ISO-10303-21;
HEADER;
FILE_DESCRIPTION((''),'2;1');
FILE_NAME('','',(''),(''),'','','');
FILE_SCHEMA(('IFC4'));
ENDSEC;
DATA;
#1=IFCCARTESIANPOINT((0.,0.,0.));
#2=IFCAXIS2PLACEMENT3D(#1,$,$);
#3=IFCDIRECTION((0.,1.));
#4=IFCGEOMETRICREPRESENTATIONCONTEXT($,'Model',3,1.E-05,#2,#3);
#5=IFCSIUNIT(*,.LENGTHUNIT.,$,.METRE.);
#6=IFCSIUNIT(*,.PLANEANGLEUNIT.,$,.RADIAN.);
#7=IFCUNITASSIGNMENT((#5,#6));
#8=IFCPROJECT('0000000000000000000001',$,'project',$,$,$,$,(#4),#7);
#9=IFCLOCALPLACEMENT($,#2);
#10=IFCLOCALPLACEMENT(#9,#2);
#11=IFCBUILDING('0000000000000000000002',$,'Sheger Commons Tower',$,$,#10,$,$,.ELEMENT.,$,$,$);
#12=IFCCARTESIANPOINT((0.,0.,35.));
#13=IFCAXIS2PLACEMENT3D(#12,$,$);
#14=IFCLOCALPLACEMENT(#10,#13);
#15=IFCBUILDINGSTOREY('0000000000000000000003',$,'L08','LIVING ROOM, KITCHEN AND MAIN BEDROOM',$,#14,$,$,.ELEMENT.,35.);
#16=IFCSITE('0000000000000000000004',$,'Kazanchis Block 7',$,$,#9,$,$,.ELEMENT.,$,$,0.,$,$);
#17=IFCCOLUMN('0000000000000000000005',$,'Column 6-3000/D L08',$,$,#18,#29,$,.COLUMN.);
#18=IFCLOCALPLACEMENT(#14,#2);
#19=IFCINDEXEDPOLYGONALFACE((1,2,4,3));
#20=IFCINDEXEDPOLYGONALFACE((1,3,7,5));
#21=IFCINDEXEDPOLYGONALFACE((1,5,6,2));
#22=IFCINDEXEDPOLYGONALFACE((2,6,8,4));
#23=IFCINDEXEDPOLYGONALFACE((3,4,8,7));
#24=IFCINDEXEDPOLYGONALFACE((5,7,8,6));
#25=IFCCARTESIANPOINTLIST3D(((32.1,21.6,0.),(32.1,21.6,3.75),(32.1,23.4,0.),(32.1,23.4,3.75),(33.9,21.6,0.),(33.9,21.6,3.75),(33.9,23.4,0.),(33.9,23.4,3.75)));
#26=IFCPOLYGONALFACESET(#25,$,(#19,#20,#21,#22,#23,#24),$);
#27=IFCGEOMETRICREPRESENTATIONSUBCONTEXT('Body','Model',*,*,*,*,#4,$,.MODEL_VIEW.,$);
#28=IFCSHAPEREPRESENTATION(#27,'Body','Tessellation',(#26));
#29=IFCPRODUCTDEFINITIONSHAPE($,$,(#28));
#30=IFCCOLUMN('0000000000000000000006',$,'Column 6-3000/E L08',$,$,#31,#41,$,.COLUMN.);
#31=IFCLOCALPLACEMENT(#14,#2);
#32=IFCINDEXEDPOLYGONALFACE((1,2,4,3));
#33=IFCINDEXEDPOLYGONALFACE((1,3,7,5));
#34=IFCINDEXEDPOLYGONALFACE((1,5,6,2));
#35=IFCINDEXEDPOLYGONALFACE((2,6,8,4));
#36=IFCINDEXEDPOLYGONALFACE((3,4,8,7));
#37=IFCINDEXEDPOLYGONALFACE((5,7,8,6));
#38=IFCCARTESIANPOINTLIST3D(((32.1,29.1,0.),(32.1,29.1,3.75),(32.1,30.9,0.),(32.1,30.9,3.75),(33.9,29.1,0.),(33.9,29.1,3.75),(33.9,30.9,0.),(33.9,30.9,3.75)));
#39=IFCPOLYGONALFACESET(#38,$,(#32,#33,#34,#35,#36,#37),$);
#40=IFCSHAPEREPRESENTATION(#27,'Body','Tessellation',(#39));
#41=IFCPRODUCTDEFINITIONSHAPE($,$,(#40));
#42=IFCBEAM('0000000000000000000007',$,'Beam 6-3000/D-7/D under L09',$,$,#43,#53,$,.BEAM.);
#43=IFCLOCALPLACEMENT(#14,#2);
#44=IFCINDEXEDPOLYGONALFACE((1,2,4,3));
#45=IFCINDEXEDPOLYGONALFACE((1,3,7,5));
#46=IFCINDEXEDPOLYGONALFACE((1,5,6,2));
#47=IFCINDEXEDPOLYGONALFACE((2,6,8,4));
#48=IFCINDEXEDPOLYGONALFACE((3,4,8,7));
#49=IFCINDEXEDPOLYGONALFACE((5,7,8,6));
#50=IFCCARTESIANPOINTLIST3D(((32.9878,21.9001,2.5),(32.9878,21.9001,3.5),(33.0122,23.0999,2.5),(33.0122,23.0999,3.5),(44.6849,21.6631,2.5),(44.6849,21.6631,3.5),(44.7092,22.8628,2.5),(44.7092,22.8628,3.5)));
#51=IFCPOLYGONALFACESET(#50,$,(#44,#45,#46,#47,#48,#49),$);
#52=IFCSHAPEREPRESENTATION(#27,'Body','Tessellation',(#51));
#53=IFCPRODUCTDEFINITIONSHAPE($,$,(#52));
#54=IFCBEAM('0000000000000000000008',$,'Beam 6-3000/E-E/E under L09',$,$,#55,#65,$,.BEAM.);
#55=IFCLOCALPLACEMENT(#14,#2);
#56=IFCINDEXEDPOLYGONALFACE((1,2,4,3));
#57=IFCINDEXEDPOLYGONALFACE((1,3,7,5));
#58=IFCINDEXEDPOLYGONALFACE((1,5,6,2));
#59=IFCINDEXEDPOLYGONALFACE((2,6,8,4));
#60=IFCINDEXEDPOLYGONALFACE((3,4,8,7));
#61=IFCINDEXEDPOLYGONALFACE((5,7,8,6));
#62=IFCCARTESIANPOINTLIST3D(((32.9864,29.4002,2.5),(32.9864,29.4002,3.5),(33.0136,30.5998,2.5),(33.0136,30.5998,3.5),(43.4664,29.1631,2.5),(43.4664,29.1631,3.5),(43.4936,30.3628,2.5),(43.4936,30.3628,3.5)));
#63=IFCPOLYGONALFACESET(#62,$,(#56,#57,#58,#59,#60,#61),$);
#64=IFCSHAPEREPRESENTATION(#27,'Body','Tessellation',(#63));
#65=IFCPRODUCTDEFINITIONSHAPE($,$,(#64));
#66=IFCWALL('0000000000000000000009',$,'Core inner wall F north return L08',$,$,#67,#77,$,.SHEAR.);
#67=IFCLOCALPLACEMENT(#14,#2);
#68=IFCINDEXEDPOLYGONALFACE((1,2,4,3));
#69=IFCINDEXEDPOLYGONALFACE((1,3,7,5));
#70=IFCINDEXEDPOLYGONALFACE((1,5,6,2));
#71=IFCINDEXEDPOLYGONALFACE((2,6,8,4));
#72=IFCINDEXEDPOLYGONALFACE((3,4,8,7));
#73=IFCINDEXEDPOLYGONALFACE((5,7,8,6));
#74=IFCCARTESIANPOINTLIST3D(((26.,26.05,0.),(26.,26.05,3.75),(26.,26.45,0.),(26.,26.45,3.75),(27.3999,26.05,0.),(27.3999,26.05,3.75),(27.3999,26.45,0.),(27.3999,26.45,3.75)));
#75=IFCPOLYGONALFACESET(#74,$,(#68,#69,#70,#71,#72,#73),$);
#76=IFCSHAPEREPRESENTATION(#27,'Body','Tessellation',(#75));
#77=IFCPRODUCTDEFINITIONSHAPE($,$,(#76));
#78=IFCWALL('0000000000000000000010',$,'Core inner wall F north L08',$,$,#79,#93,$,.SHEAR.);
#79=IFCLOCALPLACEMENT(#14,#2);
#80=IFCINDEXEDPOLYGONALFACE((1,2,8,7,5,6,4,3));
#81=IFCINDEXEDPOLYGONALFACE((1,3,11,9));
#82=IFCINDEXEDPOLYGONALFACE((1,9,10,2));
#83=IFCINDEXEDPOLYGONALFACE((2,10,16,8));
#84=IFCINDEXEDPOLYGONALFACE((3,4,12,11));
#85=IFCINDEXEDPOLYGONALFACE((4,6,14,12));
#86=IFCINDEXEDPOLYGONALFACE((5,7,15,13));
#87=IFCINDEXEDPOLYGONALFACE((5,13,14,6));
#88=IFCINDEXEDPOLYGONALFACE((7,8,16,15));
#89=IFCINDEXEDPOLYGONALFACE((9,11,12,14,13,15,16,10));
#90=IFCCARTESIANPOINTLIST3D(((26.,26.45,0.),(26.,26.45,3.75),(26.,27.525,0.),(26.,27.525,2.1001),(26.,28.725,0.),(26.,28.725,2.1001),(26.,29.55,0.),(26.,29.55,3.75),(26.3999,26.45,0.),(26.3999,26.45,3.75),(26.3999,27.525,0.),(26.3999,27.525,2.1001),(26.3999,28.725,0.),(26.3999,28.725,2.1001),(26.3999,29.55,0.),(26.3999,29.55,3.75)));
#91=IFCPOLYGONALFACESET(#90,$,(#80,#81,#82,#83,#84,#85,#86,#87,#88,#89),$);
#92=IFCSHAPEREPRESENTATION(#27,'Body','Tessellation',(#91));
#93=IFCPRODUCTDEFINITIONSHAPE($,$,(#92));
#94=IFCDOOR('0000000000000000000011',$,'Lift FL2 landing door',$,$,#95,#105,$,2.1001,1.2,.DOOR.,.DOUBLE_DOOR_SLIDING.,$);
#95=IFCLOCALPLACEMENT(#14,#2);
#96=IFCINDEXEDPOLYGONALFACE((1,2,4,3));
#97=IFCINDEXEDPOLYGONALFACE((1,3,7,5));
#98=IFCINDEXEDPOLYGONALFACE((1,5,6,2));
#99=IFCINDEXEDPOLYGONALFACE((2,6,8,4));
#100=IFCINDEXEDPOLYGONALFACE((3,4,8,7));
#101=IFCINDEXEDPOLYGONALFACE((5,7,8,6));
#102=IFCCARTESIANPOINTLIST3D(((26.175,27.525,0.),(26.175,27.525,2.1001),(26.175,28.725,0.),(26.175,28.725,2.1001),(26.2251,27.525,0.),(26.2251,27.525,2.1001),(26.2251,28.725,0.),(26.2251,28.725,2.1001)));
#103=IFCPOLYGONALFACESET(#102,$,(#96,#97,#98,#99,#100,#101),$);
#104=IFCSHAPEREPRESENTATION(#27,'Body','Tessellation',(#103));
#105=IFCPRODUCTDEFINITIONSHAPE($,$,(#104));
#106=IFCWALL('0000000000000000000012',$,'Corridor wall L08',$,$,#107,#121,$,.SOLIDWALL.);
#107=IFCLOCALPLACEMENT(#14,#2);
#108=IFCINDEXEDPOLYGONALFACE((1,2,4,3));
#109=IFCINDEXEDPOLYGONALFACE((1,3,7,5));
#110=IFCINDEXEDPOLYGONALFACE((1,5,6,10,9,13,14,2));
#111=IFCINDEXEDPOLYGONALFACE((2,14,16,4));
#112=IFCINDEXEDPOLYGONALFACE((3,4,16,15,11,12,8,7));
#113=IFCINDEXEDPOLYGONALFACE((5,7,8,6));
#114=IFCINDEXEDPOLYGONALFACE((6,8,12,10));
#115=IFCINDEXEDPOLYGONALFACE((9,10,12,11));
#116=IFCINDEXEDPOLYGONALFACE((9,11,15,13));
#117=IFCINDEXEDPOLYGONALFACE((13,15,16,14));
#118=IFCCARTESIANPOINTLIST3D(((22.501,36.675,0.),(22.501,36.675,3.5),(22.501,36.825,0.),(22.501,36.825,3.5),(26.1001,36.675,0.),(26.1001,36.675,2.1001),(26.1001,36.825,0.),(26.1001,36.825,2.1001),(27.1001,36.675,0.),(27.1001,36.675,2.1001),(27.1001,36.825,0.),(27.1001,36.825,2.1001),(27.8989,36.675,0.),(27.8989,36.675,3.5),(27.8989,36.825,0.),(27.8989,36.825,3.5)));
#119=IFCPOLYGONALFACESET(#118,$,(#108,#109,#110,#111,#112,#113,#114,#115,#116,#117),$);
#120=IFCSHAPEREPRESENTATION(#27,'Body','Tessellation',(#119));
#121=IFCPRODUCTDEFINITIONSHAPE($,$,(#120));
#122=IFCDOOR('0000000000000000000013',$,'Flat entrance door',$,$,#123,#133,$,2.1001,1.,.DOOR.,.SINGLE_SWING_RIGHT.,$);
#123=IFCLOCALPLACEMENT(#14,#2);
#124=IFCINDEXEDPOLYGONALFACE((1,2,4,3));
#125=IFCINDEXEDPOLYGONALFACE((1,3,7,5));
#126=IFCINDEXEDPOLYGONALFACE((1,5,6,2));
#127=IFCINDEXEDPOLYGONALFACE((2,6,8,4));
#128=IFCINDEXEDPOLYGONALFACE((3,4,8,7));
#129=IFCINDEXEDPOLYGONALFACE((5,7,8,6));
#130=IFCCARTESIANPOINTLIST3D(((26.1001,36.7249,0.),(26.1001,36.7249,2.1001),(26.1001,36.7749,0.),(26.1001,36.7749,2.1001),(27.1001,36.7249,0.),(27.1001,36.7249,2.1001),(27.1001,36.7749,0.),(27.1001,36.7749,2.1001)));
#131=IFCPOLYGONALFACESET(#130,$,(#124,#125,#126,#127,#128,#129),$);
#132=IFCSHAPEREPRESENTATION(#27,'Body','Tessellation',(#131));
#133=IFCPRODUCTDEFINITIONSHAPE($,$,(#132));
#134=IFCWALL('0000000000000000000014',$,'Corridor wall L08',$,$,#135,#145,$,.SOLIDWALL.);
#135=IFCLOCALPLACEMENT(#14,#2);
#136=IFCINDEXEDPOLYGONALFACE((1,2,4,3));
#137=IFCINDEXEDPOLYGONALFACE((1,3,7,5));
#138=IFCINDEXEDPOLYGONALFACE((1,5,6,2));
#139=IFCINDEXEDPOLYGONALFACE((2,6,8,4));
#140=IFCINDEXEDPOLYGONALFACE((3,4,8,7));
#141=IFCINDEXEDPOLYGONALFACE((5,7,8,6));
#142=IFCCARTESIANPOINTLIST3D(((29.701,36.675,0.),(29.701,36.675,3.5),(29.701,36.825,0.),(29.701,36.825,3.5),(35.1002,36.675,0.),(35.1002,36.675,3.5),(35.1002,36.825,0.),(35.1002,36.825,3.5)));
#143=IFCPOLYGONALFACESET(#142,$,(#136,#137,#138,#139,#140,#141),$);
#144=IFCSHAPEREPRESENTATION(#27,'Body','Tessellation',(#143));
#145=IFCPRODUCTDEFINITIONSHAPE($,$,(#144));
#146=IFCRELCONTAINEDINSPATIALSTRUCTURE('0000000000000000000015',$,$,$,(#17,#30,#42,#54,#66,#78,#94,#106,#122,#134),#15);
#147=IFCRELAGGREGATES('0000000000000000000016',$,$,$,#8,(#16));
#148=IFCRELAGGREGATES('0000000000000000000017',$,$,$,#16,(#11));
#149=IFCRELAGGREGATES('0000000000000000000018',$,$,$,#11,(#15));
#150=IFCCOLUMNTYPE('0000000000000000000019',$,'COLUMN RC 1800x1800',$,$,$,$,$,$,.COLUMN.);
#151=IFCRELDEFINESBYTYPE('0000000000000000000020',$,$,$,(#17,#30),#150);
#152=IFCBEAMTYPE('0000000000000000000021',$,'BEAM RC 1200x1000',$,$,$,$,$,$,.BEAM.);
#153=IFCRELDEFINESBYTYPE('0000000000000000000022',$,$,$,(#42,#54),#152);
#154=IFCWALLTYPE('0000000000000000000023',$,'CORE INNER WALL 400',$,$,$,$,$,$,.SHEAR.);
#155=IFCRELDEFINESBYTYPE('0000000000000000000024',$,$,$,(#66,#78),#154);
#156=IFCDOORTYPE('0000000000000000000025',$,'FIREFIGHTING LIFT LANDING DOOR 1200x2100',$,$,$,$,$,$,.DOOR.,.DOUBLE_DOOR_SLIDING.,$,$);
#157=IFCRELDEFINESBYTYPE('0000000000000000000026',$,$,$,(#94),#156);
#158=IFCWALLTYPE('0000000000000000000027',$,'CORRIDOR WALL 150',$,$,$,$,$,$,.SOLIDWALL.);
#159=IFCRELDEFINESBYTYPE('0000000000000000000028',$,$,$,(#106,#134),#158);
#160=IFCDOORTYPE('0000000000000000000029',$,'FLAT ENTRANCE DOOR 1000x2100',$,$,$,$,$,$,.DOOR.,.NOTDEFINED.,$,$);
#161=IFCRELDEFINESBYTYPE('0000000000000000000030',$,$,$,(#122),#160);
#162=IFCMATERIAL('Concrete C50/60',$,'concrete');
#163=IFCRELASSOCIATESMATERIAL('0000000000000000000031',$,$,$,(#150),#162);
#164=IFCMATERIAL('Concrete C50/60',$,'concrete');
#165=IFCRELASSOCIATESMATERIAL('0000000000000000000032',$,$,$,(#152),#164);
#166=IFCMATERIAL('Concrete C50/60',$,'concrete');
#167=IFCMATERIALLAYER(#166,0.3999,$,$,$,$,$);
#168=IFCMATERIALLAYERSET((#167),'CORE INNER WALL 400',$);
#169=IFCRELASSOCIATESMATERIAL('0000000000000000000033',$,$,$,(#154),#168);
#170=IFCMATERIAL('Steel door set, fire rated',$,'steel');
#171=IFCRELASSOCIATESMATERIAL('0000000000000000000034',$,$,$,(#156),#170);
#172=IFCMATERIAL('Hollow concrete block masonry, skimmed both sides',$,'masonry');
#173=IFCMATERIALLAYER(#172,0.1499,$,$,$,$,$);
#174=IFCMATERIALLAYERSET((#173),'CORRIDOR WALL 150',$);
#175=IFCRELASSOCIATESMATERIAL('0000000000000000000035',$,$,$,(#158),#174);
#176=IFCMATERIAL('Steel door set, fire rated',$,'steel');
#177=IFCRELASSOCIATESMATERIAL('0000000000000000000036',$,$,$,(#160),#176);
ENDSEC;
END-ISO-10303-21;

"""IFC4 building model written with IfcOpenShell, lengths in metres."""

from ifc_helpers import new_model, si_unit, direction, frame, frame_2d, origin, origin_2d, place, context, subcontext, project, spatial, rectangle, extrude, material, layer, layer_set, material_profile, profile_set, type_object, element, fill, save


model = new_model("IFC4")

# Units and contexts
model_context = context("Model", 3, precision=1e-05, world=origin(), true_north=direction((0.0, 1.0)))
body_context = subcontext(model_context, "Body", "Model", "MODEL_VIEW")
ifc_project = project(units=[si_unit("LENGTHUNIT", "METRE"), si_unit("PLANEANGLEUNIT", "RADIAN")], contexts=[model_context])

# Site, building, storey
site_placement = place(None, origin())
site = spatial("IfcSite", under=ifc_project, at=site_placement, Name="Kazanchis Block 7", CompositionType="ELEMENT", RefElevation=0.0)
building_placement = place(site_placement, origin())
building = spatial("IfcBuilding", under=site, at=building_placement, Name="Sheger Commons Tower", CompositionType="ELEMENT")
storey_placement = place(building_placement, frame((0.0, 0.0, 35.0)))
storey = spatial("IfcBuildingStorey", under=building, at=storey_placement, Name="L08", Description="LIVING ROOM, KITCHEN AND MAIN BEDROOM", CompositionType="ELEMENT", Elevation=35.0)

# Columns
ifc_material_1 = material(Name="Concrete C50/60", Category="concrete")
ifc_material_profile_1 = material_profile(ifc_material_1, rectangle(XDim=1.8, YDim=1.8, at=origin_2d()), Name="RC 1800x1800")
ifc_profile_set_1 = profile_set([ifc_material_profile_1], Name="Concrete C50/60")
column_type = type_object("IfcColumnType", Name="COLUMN RC 1800x1800", PredefinedType="COLUMN", material=ifc_profile_set_1)
for number, where, z_axis, x_axis, name in (
    (1, (33.0, 22.5, 0.0), (0.0, 0.0, 1.0), (1.0, 0.0, 0.0), "Column 6-3000/D L08"),
    (2, (33.0, 30.0, 0.0), (0.0, 0.0, 1.0), (1.0, 0.0, 0.0), "Column 6-3000/E L08"),
):
    element("IfcColumn", number, at=place(storey_placement, frame(where, z_axis=z_axis, x_axis=x_axis)), inside=storey, type_object=column_type, Name=name, PredefinedType="COLUMN", context=body_context, shape_type="SweptSolid", body=[
        extrude(rectangle(XDim=1.8, YDim=1.8, at=origin_2d()), origin(), (0.0, 0.0, 1.0), 3.75),
    ])

# Beams
ifc_material_2 = material(Name="Concrete C50/60", Category="concrete")
ifc_material_profile_2 = material_profile(ifc_material_2, rectangle(XDim=1.2, YDim=1.0, at=origin_2d()), Name="RC 1200x1000")
ifc_profile_set_2 = profile_set([ifc_material_profile_2], Name="Concrete C50/60")
beam_type = type_object("IfcBeamType", Name="BEAM RC 1200x1000", PredefinedType="BEAM", material=ifc_profile_set_2)
beam_1_placement = place(storey_placement, frame((33.0, 22.5, 3.0), z_axis=(0.999795, -0.020263, 0.0), x_axis=(0.020263, 0.999795, 0.0)))
element("IfcBeam", 3, at=beam_1_placement, inside=storey, type_object=beam_type, Name="Beam 6-3000/D-7/D under L09", PredefinedType="BEAM", context=body_context, shape_type="SweptSolid", body=[
    extrude(rectangle(XDim=1.2, YDim=1.0, at=origin_2d()), origin(), (0.0, 0.0, 1.0), 11.6995),
])
beam_2_placement = place(storey_placement, frame((33.0, 30.0, 3.0), z_axis=(0.999744, -0.022615, 0.0), x_axis=(0.022615, 0.999744, 0.0)))
element("IfcBeam", 4, at=beam_2_placement, inside=storey, type_object=beam_type, Name="Beam 6-3000/E-E/E under L09", PredefinedType="BEAM", context=body_context, shape_type="SweptSolid", body=[
    extrude(rectangle(XDim=1.2, YDim=1.0, at=origin_2d()), origin(), (0.0, 0.0, 1.0), 10.4827),
])

# Wall
ifc_material_3 = material(Name="Concrete C50/60", Category="concrete")
ifc_layer_1 = layer(ifc_material_3, 0.3999)
ifc_layer_set_1 = layer_set([ifc_layer_1], Name="CORE INNER WALL 400")
wall_type_1 = type_object("IfcWallType", Name="CORE INNER WALL 400", PredefinedType="SHEAR", material=ifc_layer_set_1)
wall_1_placement = place(storey_placement, frame((26.0, 26.25, 0.0), z_axis=(0.0, 0.0, 1.0), x_axis=(1.0, 0.0, 0.0)))
element("IfcWall", 5, at=wall_1_placement, inside=storey, type_object=wall_type_1, Name="Core inner wall F north return L08", PredefinedType="SHEAR", context=body_context, shape_type="SweptSolid", body=[
    extrude(rectangle(XDim=1.3999, YDim=0.3999, at=frame_2d((0.7, 0.0))), origin(), (0.0, 0.0, 1.0), 3.75),
])

# Walls, openings, doors
wall_2_placement = place(storey_placement, frame((26.2, 26.45, 0.0), z_axis=(0.0, 0.0, 1.0), x_axis=(0.0, 1.0, 0.0)))
wall_2 = element("IfcWall", 6, at=wall_2_placement, inside=storey, type_object=wall_type_1, Name="Core inner wall F north L08", PredefinedType="SHEAR", context=body_context, shape_type="SweptSolid", body=[
    extrude(rectangle(XDim=3.1001, YDim=0.3999, at=frame_2d((1.55, 0.0))), origin(), (0.0, 0.0, 1.0), 3.75),
])
opening_1_placement = place(wall_2_placement, frame((1.075, 0.0, 0.0)))
opening_1 = element("IfcOpeningElement", 7, at=opening_1_placement, cuts=wall_2, PredefinedType="OPENING", context=body_context, shape_type="SweptSolid", body=[
    extrude(rectangle(XDim=1.2, YDim=2.1001, at=frame_2d((0.6001, 1.05))), frame((0.0, 0.21, 0.0), z_axis=(0.0, -1.0, 0.0), x_axis=(1.0, 0.0, 0.0)), (0.0, 0.0, 1.0), 0.4199),
])
ifc_material_4 = material(Name="Steel door set, fire rated", Category="steel")
door_type_1 = type_object("IfcDoorType", Name="FIREFIGHTING LIFT LANDING DOOR 1200x2100", OperationType="DOUBLE_DOOR_SLIDING", PredefinedType="DOOR", material=ifc_material_4)
door_1_placement = place(opening_1_placement, origin())
door_1 = element("IfcDoor", 8, at=door_1_placement, inside=storey, type_object=door_type_1, Name="Lift FL2 landing door", OperationType="DOUBLE_DOOR_SLIDING", OverallHeight=2.1001, OverallWidth=1.2, PredefinedType="DOOR", context=body_context, shape_type="SweptSolid", body=[
    extrude(rectangle(XDim=1.2, YDim=2.1001, at=frame_2d((0.6001, 1.05))), frame((0.0, 0.0249, 0.0), z_axis=(0.0, -1.0, 0.0), x_axis=(1.0, 0.0, 0.0)), (0.0, 0.0, 1.0), 0.05),
])
fill(opening_1, door_1)
ifc_material_5 = material(Name="Hollow concrete block masonry, skimmed both sides", Category="masonry")
ifc_layer_2 = layer(ifc_material_5, 0.1499)
ifc_layer_set_2 = layer_set([ifc_layer_2], Name="CORRIDOR WALL 150")
wall_type_2 = type_object("IfcWallType", Name="CORRIDOR WALL 150", PredefinedType="SOLIDWALL", material=ifc_layer_set_2)
wall_3_placement = place(storey_placement, frame((22.501, 36.75, 0.0), z_axis=(0.0, 0.0, 1.0), x_axis=(1.0, 0.0, 0.0)))
wall_3 = element("IfcWall", 9, at=wall_3_placement, inside=storey, type_object=wall_type_2, Name="Corridor wall L08", PredefinedType="SOLIDWALL", context=body_context, shape_type="SweptSolid", body=[
    extrude(rectangle(XDim=5.3979, YDim=0.1499, at=frame_2d((2.699, 0.0))), origin(), (0.0, 0.0, 1.0), 3.5),
])
opening_2_placement = place(wall_3_placement, frame((3.5991, 0.0, 0.0)))
opening_2 = element("IfcOpeningElement", 10, at=opening_2_placement, cuts=wall_3, PredefinedType="OPENING", context=body_context, shape_type="SweptSolid", body=[
    extrude(rectangle(XDim=1.0, YDim=2.1001, at=frame_2d((0.5, 1.05))), frame((0.0, 0.085, 0.0), z_axis=(0.0, -1.0, 0.0), x_axis=(1.0, 0.0, 0.0)), (0.0, 0.0, 1.0), 0.1699),
])
ifc_material_6 = material(Name="Steel door set, fire rated", Category="steel")
door_type_2 = type_object("IfcDoorType", Name="FLAT ENTRANCE DOOR 1000x2100", OperationType="NOTDEFINED", PredefinedType="DOOR", material=ifc_material_6)
door_2_placement = place(opening_2_placement, origin())
door_2 = element("IfcDoor", 11, at=door_2_placement, inside=storey, type_object=door_type_2, Name="Flat entrance door", OperationType="SINGLE_SWING_RIGHT", OverallHeight=2.1001, OverallWidth=1.0, PredefinedType="DOOR", context=body_context, shape_type="SweptSolid", body=[
    extrude(rectangle(XDim=1.0, YDim=2.1001, at=frame_2d((0.5, 1.05))), frame((0.0, 0.0249, 0.0), z_axis=(0.0, -1.0, 0.0), x_axis=(1.0, 0.0, 0.0)), (0.0, 0.0, 1.0), 0.05),
])
fill(opening_2, door_2)

# Wall
wall_4_placement = place(storey_placement, frame((29.7009, 36.75, 0.0), z_axis=(0.0, 0.0, 1.0), x_axis=(1.0, 0.0, 0.0)))
element("IfcWall", 12, at=wall_4_placement, inside=storey, type_object=wall_type_2, Name="Corridor wall L08", PredefinedType="SOLIDWALL", context=body_context, shape_type="SweptSolid", body=[
    extrude(rectangle(XDim=5.3992, YDim=0.1499, at=frame_2d((2.6997, 0.0))), origin(), (0.0, 0.0, 1.0), 3.5),
])

save(model, "model.ifc")
